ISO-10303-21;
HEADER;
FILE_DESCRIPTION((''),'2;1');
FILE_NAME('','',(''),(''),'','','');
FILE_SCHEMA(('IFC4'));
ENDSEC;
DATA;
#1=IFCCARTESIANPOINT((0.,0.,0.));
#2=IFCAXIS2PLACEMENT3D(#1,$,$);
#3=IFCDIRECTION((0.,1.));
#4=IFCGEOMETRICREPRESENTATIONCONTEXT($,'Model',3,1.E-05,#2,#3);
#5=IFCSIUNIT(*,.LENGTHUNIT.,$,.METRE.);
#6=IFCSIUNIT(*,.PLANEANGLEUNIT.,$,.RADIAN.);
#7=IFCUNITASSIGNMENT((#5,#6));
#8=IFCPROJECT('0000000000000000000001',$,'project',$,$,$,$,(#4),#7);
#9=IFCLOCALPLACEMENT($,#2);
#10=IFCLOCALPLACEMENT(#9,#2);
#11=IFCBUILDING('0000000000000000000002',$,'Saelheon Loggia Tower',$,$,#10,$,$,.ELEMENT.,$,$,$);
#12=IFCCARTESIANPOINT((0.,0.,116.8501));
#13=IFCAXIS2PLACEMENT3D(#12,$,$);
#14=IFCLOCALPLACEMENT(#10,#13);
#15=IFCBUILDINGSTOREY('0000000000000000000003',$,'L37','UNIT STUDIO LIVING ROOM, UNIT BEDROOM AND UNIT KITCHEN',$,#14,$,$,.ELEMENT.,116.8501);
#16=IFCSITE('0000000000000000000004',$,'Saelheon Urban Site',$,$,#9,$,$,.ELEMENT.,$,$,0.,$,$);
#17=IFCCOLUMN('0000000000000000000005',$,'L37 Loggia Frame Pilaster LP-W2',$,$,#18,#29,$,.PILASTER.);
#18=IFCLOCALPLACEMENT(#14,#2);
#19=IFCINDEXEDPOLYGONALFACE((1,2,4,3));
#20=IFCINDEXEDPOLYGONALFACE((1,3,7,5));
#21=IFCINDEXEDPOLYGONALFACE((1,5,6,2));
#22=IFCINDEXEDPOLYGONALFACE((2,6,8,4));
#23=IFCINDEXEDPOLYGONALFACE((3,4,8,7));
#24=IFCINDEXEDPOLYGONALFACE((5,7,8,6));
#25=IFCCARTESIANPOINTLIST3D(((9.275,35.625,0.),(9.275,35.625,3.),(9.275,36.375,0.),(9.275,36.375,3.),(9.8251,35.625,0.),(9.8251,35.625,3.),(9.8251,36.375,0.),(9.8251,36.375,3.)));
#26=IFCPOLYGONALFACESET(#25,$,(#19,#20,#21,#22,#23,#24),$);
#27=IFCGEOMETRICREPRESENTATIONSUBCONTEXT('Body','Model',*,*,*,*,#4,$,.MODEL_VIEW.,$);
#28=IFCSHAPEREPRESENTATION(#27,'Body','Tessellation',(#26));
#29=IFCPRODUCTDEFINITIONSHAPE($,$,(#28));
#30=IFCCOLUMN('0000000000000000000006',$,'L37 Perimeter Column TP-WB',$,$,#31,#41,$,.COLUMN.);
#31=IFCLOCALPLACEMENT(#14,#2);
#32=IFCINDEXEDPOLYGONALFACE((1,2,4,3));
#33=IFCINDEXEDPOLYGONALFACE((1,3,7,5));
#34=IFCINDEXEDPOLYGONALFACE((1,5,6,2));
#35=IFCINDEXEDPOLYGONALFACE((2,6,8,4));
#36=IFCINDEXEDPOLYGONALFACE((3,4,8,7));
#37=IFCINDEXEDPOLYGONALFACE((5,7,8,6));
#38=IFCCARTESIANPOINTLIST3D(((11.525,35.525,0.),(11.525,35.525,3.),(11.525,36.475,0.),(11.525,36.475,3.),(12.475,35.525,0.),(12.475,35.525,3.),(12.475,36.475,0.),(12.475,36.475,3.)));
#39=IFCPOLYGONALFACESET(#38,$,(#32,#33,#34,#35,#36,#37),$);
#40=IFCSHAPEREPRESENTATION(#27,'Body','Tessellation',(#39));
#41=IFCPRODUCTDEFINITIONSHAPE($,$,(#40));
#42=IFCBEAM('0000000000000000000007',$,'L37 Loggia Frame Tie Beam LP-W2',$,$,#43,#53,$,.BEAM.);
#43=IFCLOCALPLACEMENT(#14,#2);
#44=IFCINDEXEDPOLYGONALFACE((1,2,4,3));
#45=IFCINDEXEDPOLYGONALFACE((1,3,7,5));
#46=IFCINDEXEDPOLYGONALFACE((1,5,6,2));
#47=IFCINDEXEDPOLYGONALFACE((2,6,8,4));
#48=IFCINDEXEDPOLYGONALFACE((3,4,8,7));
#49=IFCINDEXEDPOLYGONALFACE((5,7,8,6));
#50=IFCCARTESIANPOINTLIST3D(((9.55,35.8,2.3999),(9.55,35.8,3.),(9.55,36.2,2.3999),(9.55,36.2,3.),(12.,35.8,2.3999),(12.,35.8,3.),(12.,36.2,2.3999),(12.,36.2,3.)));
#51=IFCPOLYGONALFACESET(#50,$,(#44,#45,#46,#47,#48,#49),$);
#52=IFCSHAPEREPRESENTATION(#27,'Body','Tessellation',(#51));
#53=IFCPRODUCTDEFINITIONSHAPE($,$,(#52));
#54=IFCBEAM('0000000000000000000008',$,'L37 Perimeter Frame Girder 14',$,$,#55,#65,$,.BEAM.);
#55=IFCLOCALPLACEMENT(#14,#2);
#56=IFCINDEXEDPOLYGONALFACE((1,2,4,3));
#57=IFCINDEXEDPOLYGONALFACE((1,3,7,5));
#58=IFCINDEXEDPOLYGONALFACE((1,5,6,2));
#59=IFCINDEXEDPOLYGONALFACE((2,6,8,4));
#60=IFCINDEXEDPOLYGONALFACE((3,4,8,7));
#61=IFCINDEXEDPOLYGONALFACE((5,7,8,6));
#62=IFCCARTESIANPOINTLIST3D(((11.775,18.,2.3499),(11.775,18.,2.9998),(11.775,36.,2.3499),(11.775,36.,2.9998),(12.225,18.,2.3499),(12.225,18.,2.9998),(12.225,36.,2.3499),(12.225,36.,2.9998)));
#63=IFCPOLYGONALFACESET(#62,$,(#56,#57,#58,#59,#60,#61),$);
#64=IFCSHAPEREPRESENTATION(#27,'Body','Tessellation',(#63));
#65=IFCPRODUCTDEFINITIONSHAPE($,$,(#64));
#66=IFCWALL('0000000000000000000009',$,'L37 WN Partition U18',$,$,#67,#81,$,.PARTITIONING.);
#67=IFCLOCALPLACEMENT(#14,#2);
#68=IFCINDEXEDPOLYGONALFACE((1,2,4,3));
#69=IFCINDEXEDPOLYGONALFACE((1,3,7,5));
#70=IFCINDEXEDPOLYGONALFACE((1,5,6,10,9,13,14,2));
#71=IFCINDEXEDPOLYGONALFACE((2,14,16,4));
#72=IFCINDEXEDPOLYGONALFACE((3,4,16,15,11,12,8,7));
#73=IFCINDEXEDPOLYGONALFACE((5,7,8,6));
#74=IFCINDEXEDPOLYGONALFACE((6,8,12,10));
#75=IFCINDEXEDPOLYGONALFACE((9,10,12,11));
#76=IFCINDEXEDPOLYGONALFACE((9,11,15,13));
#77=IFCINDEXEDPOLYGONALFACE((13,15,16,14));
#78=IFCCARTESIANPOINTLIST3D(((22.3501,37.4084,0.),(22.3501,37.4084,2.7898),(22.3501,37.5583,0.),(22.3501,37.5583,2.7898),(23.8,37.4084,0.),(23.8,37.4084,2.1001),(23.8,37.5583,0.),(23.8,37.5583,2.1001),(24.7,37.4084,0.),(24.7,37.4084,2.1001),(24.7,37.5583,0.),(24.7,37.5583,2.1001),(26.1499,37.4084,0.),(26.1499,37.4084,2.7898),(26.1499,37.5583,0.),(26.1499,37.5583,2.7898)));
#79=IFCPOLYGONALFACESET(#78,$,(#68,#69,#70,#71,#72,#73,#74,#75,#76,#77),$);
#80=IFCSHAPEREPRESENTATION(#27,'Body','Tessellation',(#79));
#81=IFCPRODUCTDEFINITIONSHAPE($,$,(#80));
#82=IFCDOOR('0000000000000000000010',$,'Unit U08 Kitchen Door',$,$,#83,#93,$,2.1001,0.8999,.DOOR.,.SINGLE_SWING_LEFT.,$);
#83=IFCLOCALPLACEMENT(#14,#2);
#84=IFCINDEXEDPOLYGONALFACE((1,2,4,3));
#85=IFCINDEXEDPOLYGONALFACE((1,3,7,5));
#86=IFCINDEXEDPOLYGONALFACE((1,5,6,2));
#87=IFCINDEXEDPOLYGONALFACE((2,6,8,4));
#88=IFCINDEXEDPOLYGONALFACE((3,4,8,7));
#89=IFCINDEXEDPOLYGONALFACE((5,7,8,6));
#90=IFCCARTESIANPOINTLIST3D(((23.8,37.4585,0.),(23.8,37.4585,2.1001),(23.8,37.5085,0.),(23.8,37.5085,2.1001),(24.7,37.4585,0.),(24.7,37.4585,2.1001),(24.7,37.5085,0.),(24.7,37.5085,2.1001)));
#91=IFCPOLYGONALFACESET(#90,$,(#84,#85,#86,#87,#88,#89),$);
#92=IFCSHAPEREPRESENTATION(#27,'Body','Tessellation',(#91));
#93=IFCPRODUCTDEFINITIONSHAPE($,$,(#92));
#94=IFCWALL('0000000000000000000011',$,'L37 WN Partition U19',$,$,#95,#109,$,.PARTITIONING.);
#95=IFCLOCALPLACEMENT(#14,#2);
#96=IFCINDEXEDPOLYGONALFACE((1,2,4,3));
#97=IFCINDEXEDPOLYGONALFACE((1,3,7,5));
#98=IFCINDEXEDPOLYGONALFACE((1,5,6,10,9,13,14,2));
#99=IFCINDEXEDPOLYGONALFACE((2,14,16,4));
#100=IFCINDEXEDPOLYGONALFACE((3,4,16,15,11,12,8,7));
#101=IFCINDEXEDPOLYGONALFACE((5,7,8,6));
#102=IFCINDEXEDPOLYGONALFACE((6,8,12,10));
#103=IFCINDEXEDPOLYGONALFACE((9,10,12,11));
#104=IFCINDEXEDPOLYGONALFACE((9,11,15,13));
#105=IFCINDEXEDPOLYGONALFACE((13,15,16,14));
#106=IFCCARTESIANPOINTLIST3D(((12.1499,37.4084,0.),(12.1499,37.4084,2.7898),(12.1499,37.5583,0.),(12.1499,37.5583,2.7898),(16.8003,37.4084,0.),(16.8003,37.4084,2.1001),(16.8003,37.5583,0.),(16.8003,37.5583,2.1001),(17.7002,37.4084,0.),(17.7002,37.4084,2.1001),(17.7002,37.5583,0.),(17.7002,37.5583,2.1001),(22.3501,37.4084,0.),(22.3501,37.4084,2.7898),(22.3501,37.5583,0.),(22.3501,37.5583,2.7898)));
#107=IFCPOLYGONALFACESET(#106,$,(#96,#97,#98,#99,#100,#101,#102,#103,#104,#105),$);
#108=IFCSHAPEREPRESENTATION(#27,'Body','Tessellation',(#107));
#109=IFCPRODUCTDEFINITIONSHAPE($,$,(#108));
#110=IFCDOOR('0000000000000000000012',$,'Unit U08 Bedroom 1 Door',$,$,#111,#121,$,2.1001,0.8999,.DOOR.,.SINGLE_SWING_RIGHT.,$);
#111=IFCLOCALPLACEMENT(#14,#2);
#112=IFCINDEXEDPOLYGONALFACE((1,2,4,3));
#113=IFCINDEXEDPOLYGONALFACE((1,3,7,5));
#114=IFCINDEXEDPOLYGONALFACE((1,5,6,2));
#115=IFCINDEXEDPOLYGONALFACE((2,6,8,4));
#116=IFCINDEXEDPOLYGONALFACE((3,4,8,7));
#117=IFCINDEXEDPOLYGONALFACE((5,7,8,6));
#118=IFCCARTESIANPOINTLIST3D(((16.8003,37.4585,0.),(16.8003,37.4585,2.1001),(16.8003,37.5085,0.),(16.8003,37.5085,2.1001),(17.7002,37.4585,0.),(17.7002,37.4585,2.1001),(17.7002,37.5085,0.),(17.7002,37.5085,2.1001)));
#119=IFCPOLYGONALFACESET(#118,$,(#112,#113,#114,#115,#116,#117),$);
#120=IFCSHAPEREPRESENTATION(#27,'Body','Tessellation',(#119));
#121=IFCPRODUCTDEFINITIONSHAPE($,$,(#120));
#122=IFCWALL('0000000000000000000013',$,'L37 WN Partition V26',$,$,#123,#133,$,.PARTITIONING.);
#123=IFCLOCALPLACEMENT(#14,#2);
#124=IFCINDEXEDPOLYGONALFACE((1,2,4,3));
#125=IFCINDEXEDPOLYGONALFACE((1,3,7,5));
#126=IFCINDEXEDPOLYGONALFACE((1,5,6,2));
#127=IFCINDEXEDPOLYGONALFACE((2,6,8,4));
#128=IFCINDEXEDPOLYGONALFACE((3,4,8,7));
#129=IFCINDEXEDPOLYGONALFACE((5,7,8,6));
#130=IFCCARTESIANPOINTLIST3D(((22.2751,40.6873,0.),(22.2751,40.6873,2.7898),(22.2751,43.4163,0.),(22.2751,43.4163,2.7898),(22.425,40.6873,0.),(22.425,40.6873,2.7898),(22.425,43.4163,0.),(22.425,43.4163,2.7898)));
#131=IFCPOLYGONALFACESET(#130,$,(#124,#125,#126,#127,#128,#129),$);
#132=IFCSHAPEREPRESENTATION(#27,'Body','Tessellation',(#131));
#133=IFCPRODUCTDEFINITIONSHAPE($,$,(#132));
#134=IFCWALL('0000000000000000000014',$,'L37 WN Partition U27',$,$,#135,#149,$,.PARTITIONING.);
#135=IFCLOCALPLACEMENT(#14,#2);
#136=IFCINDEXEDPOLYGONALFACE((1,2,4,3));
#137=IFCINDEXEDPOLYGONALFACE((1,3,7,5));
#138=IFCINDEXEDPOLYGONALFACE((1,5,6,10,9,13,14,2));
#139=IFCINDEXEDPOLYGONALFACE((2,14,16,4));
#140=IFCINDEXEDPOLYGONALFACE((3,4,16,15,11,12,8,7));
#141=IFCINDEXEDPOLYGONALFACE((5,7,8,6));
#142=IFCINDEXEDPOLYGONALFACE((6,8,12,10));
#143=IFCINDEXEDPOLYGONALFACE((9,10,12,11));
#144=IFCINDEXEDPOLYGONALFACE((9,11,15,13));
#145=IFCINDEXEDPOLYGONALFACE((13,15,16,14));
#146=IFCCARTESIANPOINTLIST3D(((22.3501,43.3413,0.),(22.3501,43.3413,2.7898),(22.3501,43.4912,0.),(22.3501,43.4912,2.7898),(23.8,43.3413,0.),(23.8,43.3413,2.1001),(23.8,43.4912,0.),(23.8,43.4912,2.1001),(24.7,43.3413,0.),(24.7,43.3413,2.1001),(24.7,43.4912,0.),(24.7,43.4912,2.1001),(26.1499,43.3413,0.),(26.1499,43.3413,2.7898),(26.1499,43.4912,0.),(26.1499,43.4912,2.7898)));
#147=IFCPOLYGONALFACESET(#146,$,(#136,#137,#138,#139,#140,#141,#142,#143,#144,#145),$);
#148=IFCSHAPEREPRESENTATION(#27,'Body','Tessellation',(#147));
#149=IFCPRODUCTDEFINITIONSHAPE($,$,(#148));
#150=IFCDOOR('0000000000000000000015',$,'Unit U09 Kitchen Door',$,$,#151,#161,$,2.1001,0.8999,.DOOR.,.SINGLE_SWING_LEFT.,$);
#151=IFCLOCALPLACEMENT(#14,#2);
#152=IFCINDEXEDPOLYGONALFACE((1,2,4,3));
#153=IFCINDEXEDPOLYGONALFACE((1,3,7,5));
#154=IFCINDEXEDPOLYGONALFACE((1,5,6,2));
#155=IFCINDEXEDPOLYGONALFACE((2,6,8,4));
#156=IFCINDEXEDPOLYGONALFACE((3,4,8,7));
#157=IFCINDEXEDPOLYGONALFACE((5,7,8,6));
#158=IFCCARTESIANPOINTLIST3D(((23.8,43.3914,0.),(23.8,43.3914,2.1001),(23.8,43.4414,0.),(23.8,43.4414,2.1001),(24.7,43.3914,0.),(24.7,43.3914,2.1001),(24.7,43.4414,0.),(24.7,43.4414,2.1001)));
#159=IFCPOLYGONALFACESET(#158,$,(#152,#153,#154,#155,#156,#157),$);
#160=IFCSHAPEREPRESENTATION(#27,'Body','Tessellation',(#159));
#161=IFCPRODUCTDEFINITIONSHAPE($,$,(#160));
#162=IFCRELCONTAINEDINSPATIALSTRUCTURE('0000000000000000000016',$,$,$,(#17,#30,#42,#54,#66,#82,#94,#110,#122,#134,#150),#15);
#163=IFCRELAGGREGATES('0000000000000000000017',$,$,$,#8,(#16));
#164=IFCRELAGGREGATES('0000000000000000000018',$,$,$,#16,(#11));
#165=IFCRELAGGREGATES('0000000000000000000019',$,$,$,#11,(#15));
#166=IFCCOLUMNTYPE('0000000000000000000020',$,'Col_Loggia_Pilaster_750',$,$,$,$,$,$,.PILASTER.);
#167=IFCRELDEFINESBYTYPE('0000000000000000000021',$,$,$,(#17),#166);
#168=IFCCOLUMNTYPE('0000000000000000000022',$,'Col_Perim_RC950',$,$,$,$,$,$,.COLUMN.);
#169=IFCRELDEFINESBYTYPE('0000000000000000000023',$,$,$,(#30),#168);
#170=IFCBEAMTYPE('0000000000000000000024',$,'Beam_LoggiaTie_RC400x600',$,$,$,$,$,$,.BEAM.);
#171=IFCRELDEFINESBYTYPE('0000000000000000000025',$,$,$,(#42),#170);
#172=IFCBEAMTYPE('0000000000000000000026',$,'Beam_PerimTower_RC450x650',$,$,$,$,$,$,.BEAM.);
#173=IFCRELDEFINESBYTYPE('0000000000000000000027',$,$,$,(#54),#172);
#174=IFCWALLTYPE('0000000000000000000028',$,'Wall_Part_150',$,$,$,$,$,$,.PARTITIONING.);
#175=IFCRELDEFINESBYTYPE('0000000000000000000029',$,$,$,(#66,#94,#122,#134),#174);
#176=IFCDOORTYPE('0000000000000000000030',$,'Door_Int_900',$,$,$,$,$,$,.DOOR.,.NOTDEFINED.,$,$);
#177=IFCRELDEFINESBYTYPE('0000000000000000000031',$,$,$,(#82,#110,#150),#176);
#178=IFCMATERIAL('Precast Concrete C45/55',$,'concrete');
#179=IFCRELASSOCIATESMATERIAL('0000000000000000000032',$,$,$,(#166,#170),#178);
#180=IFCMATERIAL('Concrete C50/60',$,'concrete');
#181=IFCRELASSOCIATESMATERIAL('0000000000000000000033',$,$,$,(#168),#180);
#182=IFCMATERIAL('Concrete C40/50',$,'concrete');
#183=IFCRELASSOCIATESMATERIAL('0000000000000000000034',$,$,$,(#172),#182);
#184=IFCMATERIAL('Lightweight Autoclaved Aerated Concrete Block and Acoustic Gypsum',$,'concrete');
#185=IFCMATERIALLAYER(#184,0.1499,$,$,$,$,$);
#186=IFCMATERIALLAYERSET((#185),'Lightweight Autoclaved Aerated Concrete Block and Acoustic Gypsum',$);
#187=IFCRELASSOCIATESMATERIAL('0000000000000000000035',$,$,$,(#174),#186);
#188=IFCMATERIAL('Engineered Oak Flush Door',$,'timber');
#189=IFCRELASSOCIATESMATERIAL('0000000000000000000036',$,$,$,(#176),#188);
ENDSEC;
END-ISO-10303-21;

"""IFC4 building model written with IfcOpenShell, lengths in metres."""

from ifc_helpers import new_model, si_unit, direction, frame, frame_2d, origin, origin_2d, place, context, subcontext, project, spatial, rectangle, extrude, source, transform, mapped, material, layer, layer_set, material_profile, profile_set, type_object, element, fill, save


model = new_model("IFC4")

# Units and contexts
model_context = context("Model", 3, precision=1e-05, world=origin(), true_north=direction((0.0, 1.0)))
body_context = subcontext(model_context, "Body", "Model", "MODEL_VIEW")
ifc_project = project(units=[si_unit("LENGTHUNIT", "METRE"), si_unit("PLANEANGLEUNIT", "RADIAN")], contexts=[model_context])

# Site, building, storey
site_placement = place(None, origin())
site = spatial("IfcSite", under=ifc_project, at=site_placement, Name="Saelheon Urban Site", CompositionType="ELEMENT", RefElevation=0.0)
building_placement = place(site_placement, origin())
building = spatial("IfcBuilding", under=site, at=building_placement, Name="Saelheon Loggia Tower", CompositionType="ELEMENT")
storey_placement = place(building_placement, frame((0.0, 0.0, 116.8501)))
storey = spatial("IfcBuildingStorey", under=building, at=storey_placement, Name="L37", Description="UNIT STUDIO LIVING ROOM, UNIT BEDROOM AND UNIT KITCHEN", CompositionType="ELEMENT", Elevation=116.8501)

# Columns
ifc_material_1 = material(Name="Precast Concrete C45/55", Category="concrete")
ifc_material_profile_1 = material_profile(ifc_material_1, rectangle(XDim=0.55, YDim=0.75, at=origin_2d()), Name="RC-550x750")
ifc_profile_set_1 = profile_set([ifc_material_profile_1], Name="Precast Concrete C45/55")
column_type_1 = type_object("IfcColumnType", Name="Col_Loggia_Pilaster_750", PredefinedType="PILASTER", material=ifc_profile_set_1)
shared_shape_1 = source(origin(), body_context, "Body", "SweptSolid", [
    extrude(rectangle(XDim=0.55, YDim=0.75, at=origin_2d()), origin(), (0.0, 0.0, 1.0), 3.0),
])
column_1_placement = place(storey_placement, frame((9.55, 36.0, 0.0), z_axis=(0.0, 0.0, 1.0), x_axis=(1.0, 0.0, 0.0)))
element("IfcColumn", 1, at=column_1_placement, inside=storey, type_object=column_type_1, Name="L37 Loggia Frame Pilaster LP-W2", PredefinedType="PILASTER", context=body_context, shape_type="MappedRepresentation", body=[
    mapped(shared_shape_1, transform((0.0, 0.0, 0.0), scale=1.0)),
])
ifc_material_2 = material(Name="Concrete C50/60", Category="concrete")
ifc_material_profile_2 = material_profile(ifc_material_2, rectangle(XDim=0.95, YDim=0.95, at=origin_2d()), Name="RC-950x950")
ifc_profile_set_2 = profile_set([ifc_material_profile_2], Name="Concrete C50/60")
column_type_2 = type_object("IfcColumnType", Name="Col_Perim_RC950", PredefinedType="COLUMN", material=ifc_profile_set_2)
shared_shape_2 = source(origin(), body_context, "Body", "SweptSolid", [
    extrude(rectangle(XDim=0.95, YDim=0.95, at=origin_2d()), origin(), (0.0, 0.0, 1.0), 3.0),
])
column_2_placement = place(storey_placement, frame((12.0, 36.0, 0.0), z_axis=(0.0, 0.0, 1.0), x_axis=(1.0, 0.0, 0.0)))
element("IfcColumn", 2, at=column_2_placement, inside=storey, type_object=column_type_2, Name="L37 Perimeter Column TP-WB", PredefinedType="COLUMN", context=body_context, shape_type="MappedRepresentation", body=[
    mapped(shared_shape_2, transform((0.0, 0.0, 0.0), scale=1.0)),
])

# Beams
ifc_material_profile_3 = material_profile(ifc_material_1, rectangle(XDim=0.3999, YDim=0.6001, at=origin_2d()), Name="RC-400x600")
ifc_profile_set_3 = profile_set([ifc_material_profile_3], Name="Precast Concrete C45/55")
beam_type_1 = type_object("IfcBeamType", Name="Beam_LoggiaTie_RC400x600", PredefinedType="BEAM", material=ifc_profile_set_3)
shared_shape_3 = source(origin(), body_context, "Body", "SweptSolid", [
    extrude(rectangle(XDim=0.3999, YDim=0.6001, at=origin_2d()), origin(), (0.0, 0.0, 1.0), 2.45),
])
beam_1_placement = place(storey_placement, frame((12.0, 36.0, 2.7), z_axis=(-1.0, 0.0, 0.0), x_axis=(0.0, -1.0, 0.0)))
element("IfcBeam", 3, at=beam_1_placement, inside=storey, type_object=beam_type_1, Name="L37 Loggia Frame Tie Beam LP-W2", PredefinedType="BEAM", context=body_context, shape_type="MappedRepresentation", body=[
    mapped(shared_shape_3, transform((0.0, 0.0, 0.0), scale=1.0)),
])
ifc_material_3 = material(Name="Concrete C40/50", Category="concrete")
ifc_material_profile_4 = material_profile(ifc_material_3, rectangle(XDim=0.45, YDim=0.6499, at=origin_2d()), Name="RC-450x650")
ifc_profile_set_4 = profile_set([ifc_material_profile_4], Name="Concrete C40/50")
beam_type_2 = type_object("IfcBeamType", Name="Beam_PerimTower_RC450x650", PredefinedType="BEAM", material=ifc_profile_set_4)
shared_shape_4 = source(origin(), body_context, "Body", "SweptSolid", [
    extrude(rectangle(XDim=0.45, YDim=0.6499, at=origin_2d()), origin(), (0.0, 0.0, 1.0), 18.0),
])
beam_2_placement = place(storey_placement, frame((12.0, 36.0, 2.6748), z_axis=(0.0, -1.0, 0.0), x_axis=(1.0, 0.0, 0.0)))
element("IfcBeam", 4, at=beam_2_placement, inside=storey, type_object=beam_type_2, Name="L37 Perimeter Frame Girder 14", PredefinedType="BEAM", context=body_context, shape_type="MappedRepresentation", body=[
    mapped(shared_shape_4, transform((0.0, 0.0, 0.0), scale=1.0)),
])

# Walls, openings, doors
ifc_material_4 = material(Name="Lightweight Autoclaved Aerated Concrete Block and Acoustic Gypsum", Category="concrete")
ifc_layer_1 = layer(ifc_material_4, 0.1499)
ifc_layer_set_1 = layer_set([ifc_layer_1], Name="Lightweight Autoclaved Aerated Concrete Block and Acoustic Gypsum")
wall_type_1 = type_object("IfcWallType", Name="Wall_Part_150", PredefinedType="PARTITIONING", material=ifc_layer_set_1)
wall_1_placement = place(storey_placement, frame((26.1499, 37.4834, 0.0), z_axis=(0.0, 0.0, 1.0), x_axis=(-1.0, 0.0, 0.0)))
wall_1 = element("IfcWall", 5, at=wall_1_placement, inside=storey, type_object=wall_type_1, Name="L37 WN Partition U18", PredefinedType="PARTITIONING", context=body_context, shape_type="SweptSolid", body=[
    extrude(rectangle(XDim=3.7998, YDim=0.1499, at=frame_2d((1.8999, 0.0))), origin(), (0.0, 0.0, 1.0), 2.7898),
])
opening_1_placement = place(wall_1_placement, frame((1.45, 0.0, 0.0)))
opening_1 = element("IfcOpeningElement", 6, at=opening_1_placement, cuts=wall_1, PredefinedType="OPENING", context=body_context, shape_type="SweptSolid", body=[
    extrude(rectangle(XDim=0.8999, YDim=2.1001, at=frame_2d((0.45, 1.05))), frame((0.0, 0.0869, 0.0), z_axis=(0.0, -1.0, 0.0), x_axis=(1.0, 0.0, 0.0)), (0.0, 0.0, 1.0), 0.1738),
])
ifc_material_5 = material(Name="Engineered Oak Flush Door", Category="timber")
door_type = type_object("IfcDoorType", Name="Door_Int_900", OperationType="NOTDEFINED", PredefinedType="DOOR", material=ifc_material_5)
shared_shape_5 = source(origin(), body_context, "Body", "SweptSolid", [
    extrude(rectangle(XDim=0.8999, YDim=2.1001, at=frame_2d((0.45, 1.05))), frame((0.0, 0.0249, 0.0), z_axis=(0.0, -1.0, 0.0), x_axis=(1.0, 0.0, 0.0)), (0.0, 0.0, 1.0), 0.05),
])
door_1_placement = place(opening_1_placement, origin())
door_1 = element("IfcDoor", 7, at=door_1_placement, inside=storey, type_object=door_type, Name="Unit U08 Kitchen Door", OperationType="SINGLE_SWING_LEFT", OverallHeight=2.1001, OverallWidth=0.8999, PredefinedType="DOOR", context=body_context, shape_type="MappedRepresentation", body=[
    mapped(shared_shape_5, transform((0.0, 0.0, 0.0), scale=1.0)),
])
fill(opening_1, door_1)
wall_2_placement = place(storey_placement, frame((22.3501, 37.4834, 0.0), z_axis=(0.0, 0.0, 1.0), x_axis=(-1.0, 0.0, 0.0)))
wall_2 = element("IfcWall", 8, at=wall_2_placement, inside=storey, type_object=wall_type_1, Name="L37 WN Partition U19", PredefinedType="PARTITIONING", context=body_context, shape_type="SweptSolid", body=[
    extrude(rectangle(XDim=10.2002, YDim=0.1499, at=frame_2d((5.1001, 0.0))), origin(), (0.0, 0.0, 1.0), 2.7898),
])
opening_2_placement = place(wall_2_placement, frame((4.6499, 0.0, 0.0)))
opening_2 = element("IfcOpeningElement", 9, at=opening_2_placement, cuts=wall_2, PredefinedType="OPENING", context=body_context, shape_type="SweptSolid", body=[
    extrude(rectangle(XDim=0.8999, YDim=2.1001, at=frame_2d((0.45, 1.05))), frame((0.0, 0.0869, 0.0), z_axis=(0.0, -1.0, 0.0), x_axis=(1.0, 0.0, 0.0)), (0.0, 0.0, 1.0), 0.1738),
])
door_2_placement = place(opening_2_placement, origin())
door_2 = element("IfcDoor", 10, at=door_2_placement, inside=storey, type_object=door_type, Name="Unit U08 Bedroom 1 Door", OperationType="SINGLE_SWING_RIGHT", OverallHeight=2.1001, OverallWidth=0.8999, PredefinedType="DOOR", context=body_context, shape_type="MappedRepresentation", body=[
    mapped(shared_shape_5, transform((0.0, 0.0, 0.0), scale=1.0)),
])
fill(opening_2, door_2)

# Wall
wall_3_placement = place(storey_placement, frame((22.3501, 40.6873, 0.0), z_axis=(0.0, 0.0, 1.0), x_axis=(0.0, 1.0, 0.0)))
element("IfcWall", 11, at=wall_3_placement, inside=storey, type_object=wall_type_1, Name="L37 WN Partition V26", PredefinedType="PARTITIONING", context=body_context, shape_type="SweptSolid", body=[
    extrude(rectangle(XDim=2.729, YDim=0.1499, at=frame_2d((1.3645, 0.0))), origin(), (0.0, 0.0, 1.0), 2.7898),
])

# Wall, opening, door
wall_4_placement = place(storey_placement, frame((26.1499, 43.4163, 0.0), z_axis=(0.0, 0.0, 1.0), x_axis=(-1.0, 0.0, 0.0)))
wall_4 = element("IfcWall", 12, at=wall_4_placement, inside=storey, type_object=wall_type_1, Name="L37 WN Partition U27", PredefinedType="PARTITIONING", context=body_context, shape_type="SweptSolid", body=[
    extrude(rectangle(XDim=3.7998, YDim=0.1499, at=frame_2d((1.8999, 0.0))), origin(), (0.0, 0.0, 1.0), 2.7898),
])
opening_3_placement = place(wall_4_placement, frame((1.45, 0.0, 0.0)))
opening_3 = element("IfcOpeningElement", 13, at=opening_3_placement, cuts=wall_4, PredefinedType="OPENING", context=body_context, shape_type="SweptSolid", body=[
    extrude(rectangle(XDim=0.8999, YDim=2.1001, at=frame_2d((0.45, 1.05))), frame((0.0, 0.0869, 0.0), z_axis=(0.0, -1.0, 0.0), x_axis=(1.0, 0.0, 0.0)), (0.0, 0.0, 1.0), 0.1738),
])
door_3_placement = place(opening_3_placement, origin())
door_3 = element("IfcDoor", 14, at=door_3_placement, inside=storey, type_object=door_type, Name="Unit U09 Kitchen Door", OperationType="SINGLE_SWING_LEFT", OverallHeight=2.1001, OverallWidth=0.8999, PredefinedType="DOOR", context=body_context, shape_type="MappedRepresentation", body=[
    mapped(shared_shape_5, transform((0.0, 0.0, 0.0), scale=1.0)),
])
fill(opening_3, door_3)

save(model, "model.ifc")
